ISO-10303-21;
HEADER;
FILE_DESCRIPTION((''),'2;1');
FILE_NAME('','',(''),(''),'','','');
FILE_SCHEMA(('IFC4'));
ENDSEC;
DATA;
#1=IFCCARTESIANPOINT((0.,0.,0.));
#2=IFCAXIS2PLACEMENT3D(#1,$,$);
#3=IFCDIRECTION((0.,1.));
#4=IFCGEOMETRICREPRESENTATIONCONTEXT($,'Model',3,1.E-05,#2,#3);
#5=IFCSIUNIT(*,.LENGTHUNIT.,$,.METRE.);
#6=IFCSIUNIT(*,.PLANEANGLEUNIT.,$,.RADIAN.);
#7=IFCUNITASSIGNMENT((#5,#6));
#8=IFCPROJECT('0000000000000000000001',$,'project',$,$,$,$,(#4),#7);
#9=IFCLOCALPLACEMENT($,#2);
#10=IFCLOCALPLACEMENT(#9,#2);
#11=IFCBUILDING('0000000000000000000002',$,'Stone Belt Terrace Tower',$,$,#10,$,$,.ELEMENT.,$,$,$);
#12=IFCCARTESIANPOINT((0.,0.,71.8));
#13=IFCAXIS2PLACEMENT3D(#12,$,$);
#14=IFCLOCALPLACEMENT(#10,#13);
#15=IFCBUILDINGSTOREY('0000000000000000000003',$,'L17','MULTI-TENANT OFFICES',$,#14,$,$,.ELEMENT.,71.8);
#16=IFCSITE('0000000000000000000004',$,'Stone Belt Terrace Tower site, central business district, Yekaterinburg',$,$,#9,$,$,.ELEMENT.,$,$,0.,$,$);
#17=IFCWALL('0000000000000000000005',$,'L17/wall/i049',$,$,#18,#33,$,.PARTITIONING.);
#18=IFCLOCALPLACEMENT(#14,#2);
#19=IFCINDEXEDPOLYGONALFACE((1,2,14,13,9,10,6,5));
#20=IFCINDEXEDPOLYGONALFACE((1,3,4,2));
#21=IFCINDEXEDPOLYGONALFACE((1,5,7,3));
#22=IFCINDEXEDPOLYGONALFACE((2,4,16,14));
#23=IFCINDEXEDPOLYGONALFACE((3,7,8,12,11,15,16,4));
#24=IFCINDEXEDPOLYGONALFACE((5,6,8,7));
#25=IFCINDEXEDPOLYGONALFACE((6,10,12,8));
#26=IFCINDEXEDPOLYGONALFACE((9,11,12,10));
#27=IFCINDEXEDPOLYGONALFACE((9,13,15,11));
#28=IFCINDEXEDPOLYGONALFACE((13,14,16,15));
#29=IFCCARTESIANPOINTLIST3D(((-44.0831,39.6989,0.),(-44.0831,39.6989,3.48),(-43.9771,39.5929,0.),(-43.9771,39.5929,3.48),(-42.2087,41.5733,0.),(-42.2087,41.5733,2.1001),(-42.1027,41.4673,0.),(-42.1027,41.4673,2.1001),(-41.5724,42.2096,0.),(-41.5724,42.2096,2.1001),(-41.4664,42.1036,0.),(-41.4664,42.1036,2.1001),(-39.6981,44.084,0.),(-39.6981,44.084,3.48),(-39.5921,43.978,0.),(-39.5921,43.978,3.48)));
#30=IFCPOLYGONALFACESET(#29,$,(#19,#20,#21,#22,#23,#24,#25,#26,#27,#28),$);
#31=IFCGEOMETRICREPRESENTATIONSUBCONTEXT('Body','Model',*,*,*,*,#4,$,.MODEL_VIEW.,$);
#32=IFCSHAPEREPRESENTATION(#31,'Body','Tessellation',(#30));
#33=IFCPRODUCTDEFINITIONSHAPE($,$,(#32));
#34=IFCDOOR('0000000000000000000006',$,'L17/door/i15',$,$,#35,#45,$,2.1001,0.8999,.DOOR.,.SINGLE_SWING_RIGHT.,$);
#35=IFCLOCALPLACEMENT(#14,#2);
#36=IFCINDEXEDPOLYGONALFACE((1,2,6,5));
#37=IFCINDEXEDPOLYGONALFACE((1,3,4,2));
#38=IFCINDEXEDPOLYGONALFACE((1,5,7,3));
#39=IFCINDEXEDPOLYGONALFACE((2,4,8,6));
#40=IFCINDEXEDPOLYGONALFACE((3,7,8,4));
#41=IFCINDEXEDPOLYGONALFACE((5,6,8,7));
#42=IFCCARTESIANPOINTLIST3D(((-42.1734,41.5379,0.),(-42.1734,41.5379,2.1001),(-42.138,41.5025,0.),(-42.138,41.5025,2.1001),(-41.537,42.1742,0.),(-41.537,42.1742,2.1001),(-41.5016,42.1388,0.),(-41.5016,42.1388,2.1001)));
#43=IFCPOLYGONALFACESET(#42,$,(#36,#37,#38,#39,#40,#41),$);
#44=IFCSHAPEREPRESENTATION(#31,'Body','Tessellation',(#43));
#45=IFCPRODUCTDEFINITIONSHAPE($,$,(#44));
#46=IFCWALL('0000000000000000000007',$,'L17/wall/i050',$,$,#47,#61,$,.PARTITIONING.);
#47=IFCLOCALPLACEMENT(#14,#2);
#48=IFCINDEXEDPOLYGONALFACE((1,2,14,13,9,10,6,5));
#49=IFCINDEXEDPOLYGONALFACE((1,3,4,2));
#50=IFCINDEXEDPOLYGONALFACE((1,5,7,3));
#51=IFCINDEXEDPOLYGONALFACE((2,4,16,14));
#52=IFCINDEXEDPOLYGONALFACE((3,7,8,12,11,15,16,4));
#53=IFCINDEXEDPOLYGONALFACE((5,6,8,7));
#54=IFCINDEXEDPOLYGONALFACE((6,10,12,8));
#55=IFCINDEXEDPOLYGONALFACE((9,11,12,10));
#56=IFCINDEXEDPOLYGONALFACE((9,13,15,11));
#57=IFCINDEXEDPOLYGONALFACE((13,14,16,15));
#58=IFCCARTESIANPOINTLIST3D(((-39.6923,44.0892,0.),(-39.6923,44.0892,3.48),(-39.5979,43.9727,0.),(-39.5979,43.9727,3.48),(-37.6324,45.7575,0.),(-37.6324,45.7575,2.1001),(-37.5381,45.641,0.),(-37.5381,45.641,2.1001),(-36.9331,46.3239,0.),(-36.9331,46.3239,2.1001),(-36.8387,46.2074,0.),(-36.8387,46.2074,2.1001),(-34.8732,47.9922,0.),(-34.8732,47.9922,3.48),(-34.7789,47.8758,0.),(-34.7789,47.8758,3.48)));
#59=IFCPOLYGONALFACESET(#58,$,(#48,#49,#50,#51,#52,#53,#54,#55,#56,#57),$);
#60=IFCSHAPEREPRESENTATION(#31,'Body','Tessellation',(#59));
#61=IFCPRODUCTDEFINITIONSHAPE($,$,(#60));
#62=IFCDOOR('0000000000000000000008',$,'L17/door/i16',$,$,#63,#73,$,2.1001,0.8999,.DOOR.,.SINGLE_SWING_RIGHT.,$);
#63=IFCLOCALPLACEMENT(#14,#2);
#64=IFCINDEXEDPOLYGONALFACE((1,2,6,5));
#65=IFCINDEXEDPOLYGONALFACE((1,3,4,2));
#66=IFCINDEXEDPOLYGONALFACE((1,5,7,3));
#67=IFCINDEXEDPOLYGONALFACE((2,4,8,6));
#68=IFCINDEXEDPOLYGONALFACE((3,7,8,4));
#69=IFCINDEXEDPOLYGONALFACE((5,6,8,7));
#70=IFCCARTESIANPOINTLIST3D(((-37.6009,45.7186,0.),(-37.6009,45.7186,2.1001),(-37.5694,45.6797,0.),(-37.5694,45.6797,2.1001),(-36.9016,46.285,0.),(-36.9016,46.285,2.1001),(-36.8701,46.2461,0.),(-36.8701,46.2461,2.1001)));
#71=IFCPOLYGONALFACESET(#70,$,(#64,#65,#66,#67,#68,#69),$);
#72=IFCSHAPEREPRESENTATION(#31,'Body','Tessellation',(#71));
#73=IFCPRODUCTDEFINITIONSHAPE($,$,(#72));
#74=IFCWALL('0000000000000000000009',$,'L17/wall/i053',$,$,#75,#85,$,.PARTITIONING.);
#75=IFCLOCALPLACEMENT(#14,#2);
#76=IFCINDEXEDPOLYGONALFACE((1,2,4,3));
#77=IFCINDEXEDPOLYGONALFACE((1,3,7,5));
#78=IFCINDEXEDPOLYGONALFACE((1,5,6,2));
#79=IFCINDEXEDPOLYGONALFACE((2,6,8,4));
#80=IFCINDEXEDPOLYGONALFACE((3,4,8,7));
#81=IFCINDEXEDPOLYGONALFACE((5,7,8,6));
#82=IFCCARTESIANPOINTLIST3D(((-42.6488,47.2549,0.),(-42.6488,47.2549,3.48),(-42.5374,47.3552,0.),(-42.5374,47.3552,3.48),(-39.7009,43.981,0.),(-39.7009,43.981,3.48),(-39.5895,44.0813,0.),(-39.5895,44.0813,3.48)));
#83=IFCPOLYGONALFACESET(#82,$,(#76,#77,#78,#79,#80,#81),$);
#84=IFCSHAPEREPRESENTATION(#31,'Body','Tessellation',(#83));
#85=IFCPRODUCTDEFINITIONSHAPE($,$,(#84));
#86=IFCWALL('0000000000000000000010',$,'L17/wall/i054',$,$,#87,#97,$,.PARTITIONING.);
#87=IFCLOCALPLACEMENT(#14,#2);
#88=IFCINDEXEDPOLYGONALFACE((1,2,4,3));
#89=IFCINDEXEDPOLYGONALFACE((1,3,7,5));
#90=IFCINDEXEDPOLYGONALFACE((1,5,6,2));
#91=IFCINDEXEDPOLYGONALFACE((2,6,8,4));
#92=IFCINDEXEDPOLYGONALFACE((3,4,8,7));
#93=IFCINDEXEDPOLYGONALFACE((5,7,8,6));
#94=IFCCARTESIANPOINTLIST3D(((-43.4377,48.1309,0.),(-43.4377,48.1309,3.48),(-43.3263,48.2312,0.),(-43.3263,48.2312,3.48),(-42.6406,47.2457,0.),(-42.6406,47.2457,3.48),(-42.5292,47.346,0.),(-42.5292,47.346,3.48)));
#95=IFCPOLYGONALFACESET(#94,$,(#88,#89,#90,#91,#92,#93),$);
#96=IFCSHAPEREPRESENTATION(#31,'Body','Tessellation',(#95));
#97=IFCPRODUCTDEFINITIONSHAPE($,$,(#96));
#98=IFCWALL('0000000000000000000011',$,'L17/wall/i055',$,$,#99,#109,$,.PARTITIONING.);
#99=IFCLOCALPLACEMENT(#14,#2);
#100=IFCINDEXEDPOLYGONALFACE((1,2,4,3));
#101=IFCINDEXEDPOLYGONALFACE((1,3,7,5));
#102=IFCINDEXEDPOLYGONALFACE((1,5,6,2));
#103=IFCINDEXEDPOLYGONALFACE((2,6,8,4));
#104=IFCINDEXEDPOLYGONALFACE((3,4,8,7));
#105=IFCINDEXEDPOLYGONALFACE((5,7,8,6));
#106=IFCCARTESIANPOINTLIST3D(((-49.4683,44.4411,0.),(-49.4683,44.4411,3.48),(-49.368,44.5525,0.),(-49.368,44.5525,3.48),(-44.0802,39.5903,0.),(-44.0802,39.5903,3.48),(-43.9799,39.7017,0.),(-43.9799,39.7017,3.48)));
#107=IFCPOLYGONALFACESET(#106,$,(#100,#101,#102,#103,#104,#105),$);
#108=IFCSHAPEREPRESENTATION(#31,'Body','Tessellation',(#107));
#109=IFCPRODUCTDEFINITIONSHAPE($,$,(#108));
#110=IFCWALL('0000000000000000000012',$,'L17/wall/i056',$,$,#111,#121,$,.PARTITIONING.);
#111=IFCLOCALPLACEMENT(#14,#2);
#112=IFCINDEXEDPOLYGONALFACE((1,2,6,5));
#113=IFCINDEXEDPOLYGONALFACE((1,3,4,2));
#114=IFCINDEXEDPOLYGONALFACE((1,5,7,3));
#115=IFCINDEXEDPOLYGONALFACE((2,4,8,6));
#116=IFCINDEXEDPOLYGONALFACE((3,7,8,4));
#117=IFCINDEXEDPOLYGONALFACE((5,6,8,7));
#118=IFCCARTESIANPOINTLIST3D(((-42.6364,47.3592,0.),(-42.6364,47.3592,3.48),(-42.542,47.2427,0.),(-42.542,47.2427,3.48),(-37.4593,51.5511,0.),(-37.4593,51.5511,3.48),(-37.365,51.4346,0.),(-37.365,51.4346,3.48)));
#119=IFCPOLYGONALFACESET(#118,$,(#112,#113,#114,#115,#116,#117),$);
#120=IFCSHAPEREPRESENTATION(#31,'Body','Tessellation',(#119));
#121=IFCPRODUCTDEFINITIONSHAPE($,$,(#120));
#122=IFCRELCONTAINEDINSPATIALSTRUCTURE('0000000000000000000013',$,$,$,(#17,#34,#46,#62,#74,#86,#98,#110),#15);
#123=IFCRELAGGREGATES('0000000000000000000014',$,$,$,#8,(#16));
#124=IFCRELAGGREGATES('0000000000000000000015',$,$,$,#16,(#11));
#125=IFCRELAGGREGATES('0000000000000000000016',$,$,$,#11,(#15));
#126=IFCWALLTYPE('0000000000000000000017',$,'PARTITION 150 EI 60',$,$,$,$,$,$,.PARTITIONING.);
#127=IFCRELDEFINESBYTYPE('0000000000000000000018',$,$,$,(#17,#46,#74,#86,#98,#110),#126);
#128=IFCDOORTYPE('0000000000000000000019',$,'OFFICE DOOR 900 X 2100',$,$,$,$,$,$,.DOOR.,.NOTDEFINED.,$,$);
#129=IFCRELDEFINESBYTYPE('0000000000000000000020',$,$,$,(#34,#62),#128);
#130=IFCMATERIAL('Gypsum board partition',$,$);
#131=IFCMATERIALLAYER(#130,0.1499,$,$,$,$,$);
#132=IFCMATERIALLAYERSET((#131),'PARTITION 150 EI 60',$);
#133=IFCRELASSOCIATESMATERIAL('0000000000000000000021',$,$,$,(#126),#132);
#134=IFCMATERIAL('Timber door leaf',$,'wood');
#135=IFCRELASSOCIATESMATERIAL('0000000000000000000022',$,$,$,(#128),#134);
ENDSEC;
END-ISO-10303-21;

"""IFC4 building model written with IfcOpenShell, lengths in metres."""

from ifc_helpers import new_model, si_unit, direction, frame, frame_2d, origin, place, context, subcontext, project, spatial, rectangle, extrude, material, layer, layer_set, type_object, element, fill, save


model = new_model("IFC4")

# Units and contexts
model_context = context("Model", 3, precision=1e-05, world=origin(), true_north=direction((0.0, 1.0)))
body_context = subcontext(model_context, "Body", "Model", "MODEL_VIEW")
ifc_project = project(units=[si_unit("LENGTHUNIT", "METRE"), si_unit("PLANEANGLEUNIT", "RADIAN")], contexts=[model_context])

# Site, building, storey
site_placement = place(None, origin())
site = spatial("IfcSite", under=ifc_project, at=site_placement, Name="Stone Belt Terrace Tower site, central business district, Yekaterinburg", CompositionType="ELEMENT", RefElevation=0.0)
building_placement = place(site_placement, origin())
building = spatial("IfcBuilding", under=site, at=building_placement, Name="Stone Belt Terrace Tower", CompositionType="ELEMENT")
storey_placement = place(building_placement, frame((0.0, 0.0, 71.8)))
storey = spatial("IfcBuildingStorey", under=building, at=storey_placement, Name="L17", Description="MULTI-TENANT OFFICES", CompositionType="ELEMENT", Elevation=71.8)

# Shared definitions
ifc_material_1 = material(Name="Gypsum board partition")
ifc_layer_1 = layer(ifc_material_1, 0.1499)
ifc_layer_set_1 = layer_set([ifc_layer_1], Name="PARTITION 150 EI 60")
wall_type = type_object("IfcWallType", Name="PARTITION 150 EI 60", PredefinedType="PARTITIONING", material=ifc_layer_set_1)

# Walls, openings, doors
wall_1_placement = place(storey_placement, frame((-44.03, 39.646, 0.0), z_axis=(0.0, 0.0, 1.0), x_axis=(0.707107, 0.707107, 0.0)))
wall_1 = element("IfcWall", 1, at=wall_1_placement, inside=storey, type_object=wall_type, Name="L17/wall/i049", PredefinedType="PARTITIONING", context=body_context, shape_type="SweptSolid", body=[
    extrude(rectangle(XDim=6.2014, YDim=0.1499, at=frame_2d((3.1006, 0.0))), origin(), (0.0, 0.0, 1.0), 3.48),
])
opening_1_placement = place(wall_1_placement, frame((2.6506, 0.0, 0.0)))
opening_1 = element("IfcOpeningElement", 2, at=opening_1_placement, cuts=wall_1, PredefinedType="OPENING", context=body_context, shape_type="SweptSolid", body=[
    extrude(rectangle(XDim=0.8999, YDim=2.1001, at=frame_2d((0.45, 1.05))), frame((0.0, 0.085, 0.0), z_axis=(0.0, -1.0, 0.0), x_axis=(1.0, 0.0, 0.0)), (0.0, 0.0, 1.0), 0.1699),
])
ifc_material_2 = material(Name="Timber door leaf", Category="wood")
door_type = type_object("IfcDoorType", Name="OFFICE DOOR 900 X 2100", OperationType="NOTDEFINED", PredefinedType="DOOR", material=ifc_material_2)
door_1_placement = place(opening_1_placement, origin())
door_1 = element("IfcDoor", 3, at=door_1_placement, inside=storey, type_object=door_type, Name="L17/door/i15", OperationType="SINGLE_SWING_RIGHT", OverallHeight=2.1001, OverallWidth=0.8999, PredefinedType="DOOR", context=body_context, shape_type="SweptSolid", body=[
    extrude(rectangle(XDim=0.8999, YDim=2.1001, at=frame_2d((0.45, 1.05))), frame((0.0, 0.0249, 0.0), z_axis=(0.0, -1.0, 0.0), x_axis=(1.0, 0.0, 0.0)), (0.0, 0.0, 1.0), 0.05),
])
fill(opening_1, door_1)
wall_2_placement = place(storey_placement, frame((-39.645, 44.031, 0.0), z_axis=(0.0, 0.0, 1.0), x_axis=(0.777094, 0.629384, 0.0)))
wall_2 = element("IfcWall", 4, at=wall_2_placement, inside=storey, type_object=wall_type, Name="L17/wall/i050", PredefinedType="PARTITIONING", context=body_context, shape_type="SweptSolid", body=[
    extrude(rectangle(XDim=6.2014, YDim=0.1499, at=frame_2d((3.1006, 0.0))), origin(), (0.0, 0.0, 1.0), 3.48),
])
opening_2_placement = place(wall_2_placement, frame((2.6506, 0.0, 0.0)))
opening_2 = element("IfcOpeningElement", 5, at=opening_2_placement, cuts=wall_2, PredefinedType="OPENING", context=body_context, shape_type="SweptSolid", body=[
    extrude(rectangle(XDim=0.8999, YDim=2.1001, at=frame_2d((0.45, 1.05))), frame((0.0, 0.085, 0.0), z_axis=(0.0, -1.0, 0.0), x_axis=(1.0, 0.0, 0.0)), (0.0, 0.0, 1.0), 0.1699),
])
door_2_placement = place(opening_2_placement, origin())
door_2 = element("IfcDoor", 6, at=door_2_placement, inside=storey, type_object=door_type, Name="L17/door/i16", OperationType="SINGLE_SWING_RIGHT", OverallHeight=2.1001, OverallWidth=0.8999, PredefinedType="DOOR", context=body_context, shape_type="SweptSolid", body=[
    extrude(rectangle(XDim=0.8999, YDim=2.1001, at=frame_2d((0.45, 1.05))), frame((0.0, 0.0249, 0.0), z_axis=(0.0, -1.0, 0.0), x_axis=(1.0, 0.0, 0.0)), (0.0, 0.0, 1.0), 0.05),
])
fill(opening_2, door_2)

# Walls
wall_3_placement = place(storey_placement, frame((-42.593, 47.3049, 0.0), z_axis=(0.0, 0.0, 1.0), x_axis=(0.669148, -0.743129, 0.0)))
element("IfcWall", 7, at=wall_3_placement, inside=storey, type_object=wall_type, Name="L17/wall/i053", PredefinedType="PARTITIONING", context=body_context, shape_type="SweptSolid", body=[
    extrude(rectangle(XDim=4.4055, YDim=0.1499, at=frame_2d((2.2026, 0.0))), origin(), (0.0, 0.0, 1.0), 3.48),
])
wall_4_placement = place(storey_placement, frame((-43.3821, 48.1812, 0.0), z_axis=(0.0, 0.0, 1.0), x_axis=(0.669146, -0.743131, 0.0)))
element("IfcWall", 8, at=wall_4_placement, inside=storey, type_object=wall_type, Name="L17/wall/i054", PredefinedType="PARTITIONING", context=body_context, shape_type="SweptSolid", body=[
    extrude(rectangle(XDim=1.1912, YDim=0.1499, at=frame_2d((0.5957, 0.0))), origin(), (0.0, 0.0, 1.0), 3.48),
])
wall_5_placement = place(storey_placement, frame((-44.03, 39.646, 0.0), z_axis=(0.0, 0.0, 1.0), x_axis=(-0.743194, 0.669076, 0.0)))
element("IfcWall", 9, at=wall_5_placement, inside=storey, type_object=wall_type, Name="L17/wall/i055", PredefinedType="PARTITIONING", context=body_context, shape_type="SweptSolid", body=[
    extrude(rectangle(XDim=7.25, YDim=0.1499, at=frame_2d((3.625, 0.0))), origin(), (0.0, 0.0, 1.0), 3.48),
])
wall_6_placement = place(storey_placement, frame((-42.5891, 47.301, 0.0), z_axis=(0.0, 0.0, 1.0), x_axis=(0.777172, 0.629288, 0.0)))
element("IfcWall", 10, at=wall_6_placement, inside=storey, type_object=wall_type, Name="L17/wall/i056", PredefinedType="PARTITIONING", context=body_context, shape_type="SweptSolid", body=[
    extrude(rectangle(XDim=6.6614, YDim=0.1499, at=frame_2d((3.3306, 0.0))), origin(), (0.0, 0.0, 1.0), 3.48),
])

save(model, "model.ifc")
